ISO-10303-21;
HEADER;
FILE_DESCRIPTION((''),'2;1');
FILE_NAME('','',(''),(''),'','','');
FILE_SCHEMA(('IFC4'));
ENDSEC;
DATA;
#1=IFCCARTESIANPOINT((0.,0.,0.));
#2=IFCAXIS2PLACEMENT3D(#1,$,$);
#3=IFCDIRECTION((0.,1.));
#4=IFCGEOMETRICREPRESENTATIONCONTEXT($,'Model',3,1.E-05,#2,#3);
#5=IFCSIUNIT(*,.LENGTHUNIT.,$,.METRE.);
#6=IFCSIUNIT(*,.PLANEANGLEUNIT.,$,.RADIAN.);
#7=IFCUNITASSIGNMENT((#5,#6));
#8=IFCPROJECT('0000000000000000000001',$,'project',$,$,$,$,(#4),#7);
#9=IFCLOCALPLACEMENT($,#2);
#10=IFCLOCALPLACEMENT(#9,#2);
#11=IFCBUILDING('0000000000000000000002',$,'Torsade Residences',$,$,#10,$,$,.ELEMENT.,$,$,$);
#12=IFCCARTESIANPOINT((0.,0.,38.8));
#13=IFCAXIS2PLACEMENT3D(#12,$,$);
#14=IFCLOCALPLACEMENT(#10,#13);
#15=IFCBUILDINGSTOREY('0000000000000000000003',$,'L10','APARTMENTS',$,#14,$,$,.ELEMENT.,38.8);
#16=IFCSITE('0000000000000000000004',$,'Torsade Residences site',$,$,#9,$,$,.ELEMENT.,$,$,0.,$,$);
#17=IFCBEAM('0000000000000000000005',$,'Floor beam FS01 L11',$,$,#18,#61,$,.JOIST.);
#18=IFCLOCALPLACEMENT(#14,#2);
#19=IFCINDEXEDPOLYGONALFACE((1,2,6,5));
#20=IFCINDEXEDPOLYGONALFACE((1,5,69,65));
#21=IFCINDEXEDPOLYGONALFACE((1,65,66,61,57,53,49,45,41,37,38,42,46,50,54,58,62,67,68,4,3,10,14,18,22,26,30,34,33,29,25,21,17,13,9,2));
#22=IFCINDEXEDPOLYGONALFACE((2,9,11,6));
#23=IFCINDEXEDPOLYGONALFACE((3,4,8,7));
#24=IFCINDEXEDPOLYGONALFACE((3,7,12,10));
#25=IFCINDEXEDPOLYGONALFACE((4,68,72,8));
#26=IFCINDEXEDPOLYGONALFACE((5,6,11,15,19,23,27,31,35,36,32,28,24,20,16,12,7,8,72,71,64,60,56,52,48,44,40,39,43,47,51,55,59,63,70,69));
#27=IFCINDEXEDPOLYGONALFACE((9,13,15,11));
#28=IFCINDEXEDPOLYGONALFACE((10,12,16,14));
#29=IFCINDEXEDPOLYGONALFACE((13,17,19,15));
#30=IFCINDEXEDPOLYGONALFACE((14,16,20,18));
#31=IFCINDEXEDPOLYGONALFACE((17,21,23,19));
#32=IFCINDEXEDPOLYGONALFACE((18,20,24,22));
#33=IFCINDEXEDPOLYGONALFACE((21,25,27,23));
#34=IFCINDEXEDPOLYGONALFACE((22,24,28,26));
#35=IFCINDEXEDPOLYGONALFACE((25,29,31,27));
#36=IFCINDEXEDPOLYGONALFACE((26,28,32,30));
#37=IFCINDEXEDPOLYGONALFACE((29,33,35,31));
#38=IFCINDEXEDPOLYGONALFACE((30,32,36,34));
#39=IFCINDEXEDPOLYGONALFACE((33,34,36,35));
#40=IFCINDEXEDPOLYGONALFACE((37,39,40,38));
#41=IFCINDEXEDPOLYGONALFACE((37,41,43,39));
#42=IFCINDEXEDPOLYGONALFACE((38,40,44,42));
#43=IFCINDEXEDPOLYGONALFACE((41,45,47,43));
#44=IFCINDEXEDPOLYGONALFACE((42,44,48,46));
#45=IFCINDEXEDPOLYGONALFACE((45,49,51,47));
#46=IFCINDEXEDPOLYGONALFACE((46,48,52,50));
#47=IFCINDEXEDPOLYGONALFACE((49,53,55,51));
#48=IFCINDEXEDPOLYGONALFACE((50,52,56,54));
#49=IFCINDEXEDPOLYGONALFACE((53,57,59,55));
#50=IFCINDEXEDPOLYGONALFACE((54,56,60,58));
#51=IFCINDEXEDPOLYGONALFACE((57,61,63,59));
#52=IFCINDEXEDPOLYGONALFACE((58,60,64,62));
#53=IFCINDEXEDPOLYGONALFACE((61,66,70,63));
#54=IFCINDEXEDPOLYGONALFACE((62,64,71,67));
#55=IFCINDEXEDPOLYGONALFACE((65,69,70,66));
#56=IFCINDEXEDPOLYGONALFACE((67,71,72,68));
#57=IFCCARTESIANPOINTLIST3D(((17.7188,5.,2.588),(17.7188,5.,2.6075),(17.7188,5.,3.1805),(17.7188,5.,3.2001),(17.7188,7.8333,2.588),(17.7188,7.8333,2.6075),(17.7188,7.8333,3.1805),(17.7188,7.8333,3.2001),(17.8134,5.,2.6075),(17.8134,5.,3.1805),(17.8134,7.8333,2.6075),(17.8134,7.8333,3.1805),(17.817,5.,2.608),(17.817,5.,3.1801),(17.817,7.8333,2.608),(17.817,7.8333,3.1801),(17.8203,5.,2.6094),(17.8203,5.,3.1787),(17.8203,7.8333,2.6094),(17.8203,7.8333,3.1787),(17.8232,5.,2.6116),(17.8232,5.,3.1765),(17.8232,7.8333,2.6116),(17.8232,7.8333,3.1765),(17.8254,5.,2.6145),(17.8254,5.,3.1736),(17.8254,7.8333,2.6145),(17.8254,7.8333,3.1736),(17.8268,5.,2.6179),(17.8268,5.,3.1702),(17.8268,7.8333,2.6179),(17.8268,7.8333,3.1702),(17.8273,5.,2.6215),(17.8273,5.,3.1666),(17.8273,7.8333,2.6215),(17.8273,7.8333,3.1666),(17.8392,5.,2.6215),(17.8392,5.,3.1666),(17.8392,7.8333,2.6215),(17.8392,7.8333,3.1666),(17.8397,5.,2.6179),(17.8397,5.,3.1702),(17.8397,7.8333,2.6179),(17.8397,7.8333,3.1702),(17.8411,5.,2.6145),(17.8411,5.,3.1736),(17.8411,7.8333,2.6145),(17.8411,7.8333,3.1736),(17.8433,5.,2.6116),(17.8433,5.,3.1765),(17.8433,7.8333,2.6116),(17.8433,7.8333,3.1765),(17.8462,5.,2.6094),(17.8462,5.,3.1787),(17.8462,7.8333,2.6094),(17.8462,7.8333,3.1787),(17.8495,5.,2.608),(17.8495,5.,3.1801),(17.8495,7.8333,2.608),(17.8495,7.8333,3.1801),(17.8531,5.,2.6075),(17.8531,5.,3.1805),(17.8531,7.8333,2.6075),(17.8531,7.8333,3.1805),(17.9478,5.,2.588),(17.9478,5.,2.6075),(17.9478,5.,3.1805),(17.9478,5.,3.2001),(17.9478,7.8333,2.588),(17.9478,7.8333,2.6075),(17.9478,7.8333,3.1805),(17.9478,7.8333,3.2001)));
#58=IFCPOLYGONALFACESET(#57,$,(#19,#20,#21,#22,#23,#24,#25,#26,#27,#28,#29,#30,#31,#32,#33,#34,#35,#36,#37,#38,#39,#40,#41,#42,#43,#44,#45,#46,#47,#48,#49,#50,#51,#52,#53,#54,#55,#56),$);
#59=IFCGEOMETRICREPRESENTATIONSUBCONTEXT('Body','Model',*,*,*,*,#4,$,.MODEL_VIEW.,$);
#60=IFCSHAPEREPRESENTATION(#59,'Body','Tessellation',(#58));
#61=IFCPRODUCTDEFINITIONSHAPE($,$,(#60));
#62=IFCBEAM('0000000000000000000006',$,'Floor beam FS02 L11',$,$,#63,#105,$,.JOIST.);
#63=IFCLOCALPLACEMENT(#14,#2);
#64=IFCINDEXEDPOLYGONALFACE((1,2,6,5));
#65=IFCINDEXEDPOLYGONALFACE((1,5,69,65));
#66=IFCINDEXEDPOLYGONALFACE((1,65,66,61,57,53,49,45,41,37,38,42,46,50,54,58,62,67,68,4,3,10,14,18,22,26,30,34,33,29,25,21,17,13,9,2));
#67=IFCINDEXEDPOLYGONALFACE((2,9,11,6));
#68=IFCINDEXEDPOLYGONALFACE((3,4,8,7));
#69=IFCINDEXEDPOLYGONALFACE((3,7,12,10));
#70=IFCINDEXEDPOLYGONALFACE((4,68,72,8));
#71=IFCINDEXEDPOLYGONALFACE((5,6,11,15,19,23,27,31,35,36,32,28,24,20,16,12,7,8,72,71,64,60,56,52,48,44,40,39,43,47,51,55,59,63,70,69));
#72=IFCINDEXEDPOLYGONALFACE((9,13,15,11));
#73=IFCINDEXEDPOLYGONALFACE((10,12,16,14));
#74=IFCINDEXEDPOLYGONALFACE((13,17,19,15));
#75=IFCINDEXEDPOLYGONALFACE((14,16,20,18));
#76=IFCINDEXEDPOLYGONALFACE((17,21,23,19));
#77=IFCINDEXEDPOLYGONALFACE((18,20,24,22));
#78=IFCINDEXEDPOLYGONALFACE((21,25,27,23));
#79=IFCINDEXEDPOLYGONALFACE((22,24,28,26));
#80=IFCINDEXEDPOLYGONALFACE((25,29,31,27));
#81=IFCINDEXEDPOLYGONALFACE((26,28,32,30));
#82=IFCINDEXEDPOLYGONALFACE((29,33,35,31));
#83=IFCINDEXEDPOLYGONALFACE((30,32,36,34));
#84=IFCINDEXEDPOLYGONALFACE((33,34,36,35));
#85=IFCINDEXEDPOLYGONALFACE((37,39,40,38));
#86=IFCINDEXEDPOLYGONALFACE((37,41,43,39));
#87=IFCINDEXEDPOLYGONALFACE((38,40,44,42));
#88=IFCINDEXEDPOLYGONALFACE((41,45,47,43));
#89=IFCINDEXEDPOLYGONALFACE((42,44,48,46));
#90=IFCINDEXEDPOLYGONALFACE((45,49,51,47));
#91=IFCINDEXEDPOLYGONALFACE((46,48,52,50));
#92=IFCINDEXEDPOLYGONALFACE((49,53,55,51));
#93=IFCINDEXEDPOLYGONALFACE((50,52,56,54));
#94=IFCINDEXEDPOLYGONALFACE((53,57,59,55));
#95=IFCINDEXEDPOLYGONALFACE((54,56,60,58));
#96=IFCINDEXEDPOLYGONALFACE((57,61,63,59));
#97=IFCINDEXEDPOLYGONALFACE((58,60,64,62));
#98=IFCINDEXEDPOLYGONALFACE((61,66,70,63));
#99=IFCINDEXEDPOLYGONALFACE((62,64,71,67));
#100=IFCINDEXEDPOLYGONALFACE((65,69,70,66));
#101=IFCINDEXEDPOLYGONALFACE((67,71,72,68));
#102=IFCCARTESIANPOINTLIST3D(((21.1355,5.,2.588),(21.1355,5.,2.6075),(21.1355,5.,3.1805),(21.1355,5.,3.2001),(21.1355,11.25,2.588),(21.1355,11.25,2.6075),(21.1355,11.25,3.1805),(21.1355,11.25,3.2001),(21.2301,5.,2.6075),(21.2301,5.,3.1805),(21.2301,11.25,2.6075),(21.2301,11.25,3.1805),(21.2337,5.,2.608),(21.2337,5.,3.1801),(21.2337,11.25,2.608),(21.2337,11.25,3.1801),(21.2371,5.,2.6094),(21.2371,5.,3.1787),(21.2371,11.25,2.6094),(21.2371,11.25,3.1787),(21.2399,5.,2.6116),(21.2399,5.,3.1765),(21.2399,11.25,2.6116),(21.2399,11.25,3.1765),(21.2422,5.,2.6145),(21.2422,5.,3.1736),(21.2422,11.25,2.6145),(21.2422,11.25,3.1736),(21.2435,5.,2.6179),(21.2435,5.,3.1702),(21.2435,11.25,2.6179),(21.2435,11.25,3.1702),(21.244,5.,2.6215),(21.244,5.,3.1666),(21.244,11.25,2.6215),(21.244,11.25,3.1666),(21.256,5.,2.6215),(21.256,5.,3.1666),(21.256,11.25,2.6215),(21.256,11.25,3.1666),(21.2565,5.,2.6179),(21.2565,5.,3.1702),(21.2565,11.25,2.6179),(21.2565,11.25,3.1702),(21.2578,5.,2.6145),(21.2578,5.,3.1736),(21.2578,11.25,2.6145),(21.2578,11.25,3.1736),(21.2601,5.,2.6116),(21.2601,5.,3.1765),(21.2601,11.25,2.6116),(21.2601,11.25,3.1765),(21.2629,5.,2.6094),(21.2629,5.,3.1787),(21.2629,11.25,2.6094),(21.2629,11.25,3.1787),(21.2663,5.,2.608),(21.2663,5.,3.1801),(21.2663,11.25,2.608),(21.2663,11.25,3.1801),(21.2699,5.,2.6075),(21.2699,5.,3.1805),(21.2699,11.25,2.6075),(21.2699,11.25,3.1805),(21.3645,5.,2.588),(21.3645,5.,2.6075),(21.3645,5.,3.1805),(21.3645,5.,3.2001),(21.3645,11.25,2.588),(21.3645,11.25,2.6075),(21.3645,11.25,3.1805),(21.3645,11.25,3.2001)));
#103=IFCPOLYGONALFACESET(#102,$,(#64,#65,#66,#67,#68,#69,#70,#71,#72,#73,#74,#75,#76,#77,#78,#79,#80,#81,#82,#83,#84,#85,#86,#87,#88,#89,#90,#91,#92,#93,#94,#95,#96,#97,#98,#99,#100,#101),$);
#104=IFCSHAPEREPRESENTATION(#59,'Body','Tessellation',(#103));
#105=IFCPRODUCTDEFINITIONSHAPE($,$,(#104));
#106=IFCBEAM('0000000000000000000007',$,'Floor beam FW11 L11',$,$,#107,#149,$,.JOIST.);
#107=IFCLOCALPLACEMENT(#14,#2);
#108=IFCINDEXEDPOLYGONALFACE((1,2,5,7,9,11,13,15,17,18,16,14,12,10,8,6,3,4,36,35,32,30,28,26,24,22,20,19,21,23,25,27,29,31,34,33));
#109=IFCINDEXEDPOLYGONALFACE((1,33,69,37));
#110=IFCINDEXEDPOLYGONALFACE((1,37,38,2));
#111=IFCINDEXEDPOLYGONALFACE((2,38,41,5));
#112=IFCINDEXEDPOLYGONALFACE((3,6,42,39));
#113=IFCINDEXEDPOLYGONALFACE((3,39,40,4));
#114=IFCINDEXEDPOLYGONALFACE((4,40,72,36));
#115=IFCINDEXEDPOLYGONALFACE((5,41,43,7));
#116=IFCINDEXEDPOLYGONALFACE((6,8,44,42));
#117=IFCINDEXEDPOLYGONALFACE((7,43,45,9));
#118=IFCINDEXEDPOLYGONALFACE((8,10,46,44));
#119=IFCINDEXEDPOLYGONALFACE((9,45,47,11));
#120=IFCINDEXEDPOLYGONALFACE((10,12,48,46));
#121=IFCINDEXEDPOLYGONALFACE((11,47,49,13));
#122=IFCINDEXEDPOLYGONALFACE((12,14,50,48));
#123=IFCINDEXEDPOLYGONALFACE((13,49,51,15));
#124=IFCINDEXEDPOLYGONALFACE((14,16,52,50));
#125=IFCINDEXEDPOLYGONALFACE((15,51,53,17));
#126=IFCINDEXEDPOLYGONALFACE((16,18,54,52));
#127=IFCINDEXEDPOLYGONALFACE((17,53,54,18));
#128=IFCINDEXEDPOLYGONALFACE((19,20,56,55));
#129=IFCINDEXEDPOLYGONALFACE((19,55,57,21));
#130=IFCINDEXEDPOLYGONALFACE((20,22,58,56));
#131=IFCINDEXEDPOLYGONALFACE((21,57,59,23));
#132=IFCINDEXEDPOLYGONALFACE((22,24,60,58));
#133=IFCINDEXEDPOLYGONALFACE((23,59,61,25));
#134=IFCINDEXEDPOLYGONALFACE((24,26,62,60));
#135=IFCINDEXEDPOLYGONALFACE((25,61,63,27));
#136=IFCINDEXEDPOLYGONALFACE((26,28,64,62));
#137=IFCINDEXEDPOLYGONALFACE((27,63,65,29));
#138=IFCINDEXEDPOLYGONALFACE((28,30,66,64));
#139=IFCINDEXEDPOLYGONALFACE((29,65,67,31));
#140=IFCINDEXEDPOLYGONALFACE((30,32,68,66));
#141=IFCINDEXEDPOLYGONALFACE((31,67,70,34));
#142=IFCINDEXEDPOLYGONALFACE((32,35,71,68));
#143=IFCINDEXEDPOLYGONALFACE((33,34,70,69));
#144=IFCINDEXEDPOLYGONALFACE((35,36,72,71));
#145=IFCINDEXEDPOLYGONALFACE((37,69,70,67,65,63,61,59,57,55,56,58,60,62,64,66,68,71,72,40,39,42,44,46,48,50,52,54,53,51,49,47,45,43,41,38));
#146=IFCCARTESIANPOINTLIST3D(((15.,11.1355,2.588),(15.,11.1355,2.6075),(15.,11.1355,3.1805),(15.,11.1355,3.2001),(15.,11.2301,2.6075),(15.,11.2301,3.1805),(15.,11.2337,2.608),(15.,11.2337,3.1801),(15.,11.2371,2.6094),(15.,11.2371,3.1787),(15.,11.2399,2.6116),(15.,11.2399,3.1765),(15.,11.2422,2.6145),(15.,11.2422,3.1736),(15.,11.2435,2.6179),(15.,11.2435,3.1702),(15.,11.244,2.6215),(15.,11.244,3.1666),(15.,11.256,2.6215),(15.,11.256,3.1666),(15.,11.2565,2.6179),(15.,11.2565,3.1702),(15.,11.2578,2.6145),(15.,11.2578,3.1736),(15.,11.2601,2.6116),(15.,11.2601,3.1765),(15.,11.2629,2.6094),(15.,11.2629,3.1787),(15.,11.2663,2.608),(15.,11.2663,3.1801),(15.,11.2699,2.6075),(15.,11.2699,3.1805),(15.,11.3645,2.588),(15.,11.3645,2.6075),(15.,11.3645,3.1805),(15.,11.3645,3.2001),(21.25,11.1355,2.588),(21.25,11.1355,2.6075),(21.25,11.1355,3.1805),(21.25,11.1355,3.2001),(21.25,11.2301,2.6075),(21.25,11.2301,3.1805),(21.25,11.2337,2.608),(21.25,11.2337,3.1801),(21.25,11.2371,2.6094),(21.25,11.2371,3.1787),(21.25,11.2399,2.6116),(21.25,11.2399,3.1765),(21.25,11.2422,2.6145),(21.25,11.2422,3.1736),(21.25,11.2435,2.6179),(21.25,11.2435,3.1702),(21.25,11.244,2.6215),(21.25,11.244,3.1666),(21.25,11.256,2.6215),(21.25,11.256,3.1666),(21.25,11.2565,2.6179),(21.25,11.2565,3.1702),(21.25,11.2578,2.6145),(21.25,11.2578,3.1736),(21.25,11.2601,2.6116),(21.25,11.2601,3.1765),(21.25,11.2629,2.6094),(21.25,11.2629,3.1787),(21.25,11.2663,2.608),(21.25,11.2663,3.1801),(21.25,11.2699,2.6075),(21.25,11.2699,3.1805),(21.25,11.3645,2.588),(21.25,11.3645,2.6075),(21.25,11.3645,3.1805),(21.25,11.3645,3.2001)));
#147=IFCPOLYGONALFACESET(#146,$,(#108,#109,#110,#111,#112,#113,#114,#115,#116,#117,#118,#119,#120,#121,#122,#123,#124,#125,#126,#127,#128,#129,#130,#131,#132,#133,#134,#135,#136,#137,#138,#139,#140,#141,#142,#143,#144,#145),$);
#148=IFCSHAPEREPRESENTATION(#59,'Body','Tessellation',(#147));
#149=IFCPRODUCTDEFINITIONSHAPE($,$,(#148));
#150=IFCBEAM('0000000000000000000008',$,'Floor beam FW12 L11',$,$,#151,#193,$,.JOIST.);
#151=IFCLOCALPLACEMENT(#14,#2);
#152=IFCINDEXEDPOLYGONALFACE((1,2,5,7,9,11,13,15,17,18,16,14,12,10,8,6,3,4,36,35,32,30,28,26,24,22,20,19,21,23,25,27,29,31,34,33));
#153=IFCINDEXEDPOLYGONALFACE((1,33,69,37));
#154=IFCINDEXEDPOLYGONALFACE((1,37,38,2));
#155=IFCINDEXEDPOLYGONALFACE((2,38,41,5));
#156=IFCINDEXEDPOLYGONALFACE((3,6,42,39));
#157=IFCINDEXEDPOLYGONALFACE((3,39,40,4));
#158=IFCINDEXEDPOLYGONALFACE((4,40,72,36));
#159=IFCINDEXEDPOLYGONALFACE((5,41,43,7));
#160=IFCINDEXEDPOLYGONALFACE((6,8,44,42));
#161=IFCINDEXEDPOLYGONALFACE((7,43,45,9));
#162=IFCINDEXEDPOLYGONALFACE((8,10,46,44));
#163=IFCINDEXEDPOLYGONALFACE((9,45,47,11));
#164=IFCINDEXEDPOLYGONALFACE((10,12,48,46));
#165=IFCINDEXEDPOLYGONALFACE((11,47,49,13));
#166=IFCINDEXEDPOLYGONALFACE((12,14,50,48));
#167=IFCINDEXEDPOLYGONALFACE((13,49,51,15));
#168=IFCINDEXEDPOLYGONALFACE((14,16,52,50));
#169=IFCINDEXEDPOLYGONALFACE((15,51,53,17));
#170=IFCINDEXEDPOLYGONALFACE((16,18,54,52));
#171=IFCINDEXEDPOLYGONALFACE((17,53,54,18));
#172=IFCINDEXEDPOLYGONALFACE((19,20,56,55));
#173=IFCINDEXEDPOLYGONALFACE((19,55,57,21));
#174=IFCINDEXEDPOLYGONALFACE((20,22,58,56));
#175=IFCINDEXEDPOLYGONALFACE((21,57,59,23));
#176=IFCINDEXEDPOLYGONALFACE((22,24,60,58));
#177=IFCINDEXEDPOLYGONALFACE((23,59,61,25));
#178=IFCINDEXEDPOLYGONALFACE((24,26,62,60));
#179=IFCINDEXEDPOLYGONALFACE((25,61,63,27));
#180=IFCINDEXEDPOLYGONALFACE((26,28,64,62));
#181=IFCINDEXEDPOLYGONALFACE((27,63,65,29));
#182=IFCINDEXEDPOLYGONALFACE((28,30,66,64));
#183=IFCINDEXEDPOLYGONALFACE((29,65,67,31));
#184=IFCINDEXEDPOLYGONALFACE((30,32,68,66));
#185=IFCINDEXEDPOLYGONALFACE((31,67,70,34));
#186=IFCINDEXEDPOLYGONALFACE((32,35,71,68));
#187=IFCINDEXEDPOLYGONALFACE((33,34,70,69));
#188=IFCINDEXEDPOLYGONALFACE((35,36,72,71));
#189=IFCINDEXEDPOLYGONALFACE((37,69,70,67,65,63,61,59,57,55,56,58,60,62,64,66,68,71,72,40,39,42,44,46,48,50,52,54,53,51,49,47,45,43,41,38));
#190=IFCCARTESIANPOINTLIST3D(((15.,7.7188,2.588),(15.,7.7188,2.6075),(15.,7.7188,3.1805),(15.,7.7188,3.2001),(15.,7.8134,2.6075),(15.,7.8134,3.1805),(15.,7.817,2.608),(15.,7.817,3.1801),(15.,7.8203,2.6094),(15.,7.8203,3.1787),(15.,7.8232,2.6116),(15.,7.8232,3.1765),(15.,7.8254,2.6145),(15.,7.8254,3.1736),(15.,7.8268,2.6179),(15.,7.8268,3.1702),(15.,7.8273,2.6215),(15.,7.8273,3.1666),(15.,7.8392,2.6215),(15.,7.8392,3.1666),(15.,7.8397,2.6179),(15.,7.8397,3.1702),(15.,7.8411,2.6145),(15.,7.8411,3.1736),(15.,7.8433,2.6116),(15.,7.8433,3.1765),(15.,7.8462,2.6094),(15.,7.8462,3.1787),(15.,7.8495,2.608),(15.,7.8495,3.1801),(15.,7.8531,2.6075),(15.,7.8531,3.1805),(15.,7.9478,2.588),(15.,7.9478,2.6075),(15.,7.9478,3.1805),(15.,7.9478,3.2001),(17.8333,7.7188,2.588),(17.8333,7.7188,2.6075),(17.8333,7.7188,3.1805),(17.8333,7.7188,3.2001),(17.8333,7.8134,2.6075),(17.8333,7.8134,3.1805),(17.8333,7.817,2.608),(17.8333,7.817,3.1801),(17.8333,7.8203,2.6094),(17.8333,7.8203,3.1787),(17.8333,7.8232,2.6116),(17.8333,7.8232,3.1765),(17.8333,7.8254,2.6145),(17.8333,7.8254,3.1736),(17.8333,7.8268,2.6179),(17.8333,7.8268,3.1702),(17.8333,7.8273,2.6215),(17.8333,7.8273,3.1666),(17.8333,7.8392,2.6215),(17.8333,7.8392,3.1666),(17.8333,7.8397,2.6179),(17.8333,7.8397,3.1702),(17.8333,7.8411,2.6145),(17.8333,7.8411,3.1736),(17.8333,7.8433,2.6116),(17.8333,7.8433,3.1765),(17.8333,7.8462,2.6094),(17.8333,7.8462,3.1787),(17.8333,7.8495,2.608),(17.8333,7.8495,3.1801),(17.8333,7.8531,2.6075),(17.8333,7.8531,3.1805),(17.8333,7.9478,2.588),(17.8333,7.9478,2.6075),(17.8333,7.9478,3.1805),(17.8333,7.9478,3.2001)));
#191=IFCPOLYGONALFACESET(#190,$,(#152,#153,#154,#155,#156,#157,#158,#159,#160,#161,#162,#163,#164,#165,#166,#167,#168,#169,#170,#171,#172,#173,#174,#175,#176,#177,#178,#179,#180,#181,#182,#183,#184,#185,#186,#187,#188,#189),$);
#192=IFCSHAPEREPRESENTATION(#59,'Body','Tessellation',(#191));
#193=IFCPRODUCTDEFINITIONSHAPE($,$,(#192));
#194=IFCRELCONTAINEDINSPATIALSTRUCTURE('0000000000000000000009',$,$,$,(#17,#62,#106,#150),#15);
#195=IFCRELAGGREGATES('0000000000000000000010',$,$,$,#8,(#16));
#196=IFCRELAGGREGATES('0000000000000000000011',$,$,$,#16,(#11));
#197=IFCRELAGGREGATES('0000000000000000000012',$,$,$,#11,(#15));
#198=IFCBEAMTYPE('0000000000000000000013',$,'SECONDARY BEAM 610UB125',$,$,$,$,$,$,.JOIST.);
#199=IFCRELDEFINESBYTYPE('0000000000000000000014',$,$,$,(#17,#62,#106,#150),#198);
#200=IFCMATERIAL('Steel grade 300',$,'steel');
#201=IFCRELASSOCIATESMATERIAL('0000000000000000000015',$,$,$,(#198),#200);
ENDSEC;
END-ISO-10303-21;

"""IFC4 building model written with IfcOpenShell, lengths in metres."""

from ifc_helpers import new_model, si_unit, direction, frame, origin, origin_2d, place, context, subcontext, project, spatial, i_section, extrude, material, material_profile, profile_set, type_object, element, save


model = new_model("IFC4")

# Units and contexts
model_context = context("Model", 3, precision=1e-05, world=origin(), true_north=direction((0.0, 1.0)))
body_context = subcontext(model_context, "Body", "Model", "MODEL_VIEW")
ifc_project = project(units=[si_unit("LENGTHUNIT", "METRE"), si_unit("PLANEANGLEUNIT", "RADIAN")], contexts=[model_context])

# Site, building, storey
site_placement = place(None, origin())
site = spatial("IfcSite", under=ifc_project, at=site_placement, Name="Torsade Residences site", CompositionType="ELEMENT", RefElevation=0.0)
building_placement = place(site_placement, origin())
building = spatial("IfcBuilding", under=site, at=building_placement, Name="Torsade Residences", CompositionType="ELEMENT")
storey_placement = place(building_placement, frame((0.0, 0.0, 38.8)))
storey = spatial("IfcBuildingStorey", under=building, at=storey_placement, Name="L10", Description="APARTMENTS", CompositionType="ELEMENT", Elevation=38.8)

# Beams
ifc_material_1 = material(Name="Steel grade 300", Category="steel")
ifc_material_profile_1 = material_profile(ifc_material_1, i_section(OverallWidth=0.229, OverallDepth=0.6121, WebThickness=0.012, FlangeThickness=0.0195, FilletRadius=0.0139, at=origin_2d()), Name="610UB125")
ifc_profile_set_1 = profile_set([ifc_material_profile_1], Name="Steel grade 300")
beam_type_1 = type_object("IfcBeamType", Name="SECONDARY BEAM 610UB125", PredefinedType="JOIST", material=ifc_profile_set_1)
beam_1_placement = place(storey_placement, frame((17.8333, 5.0, 2.894), z_axis=(0.0, 1.0, 0.0), x_axis=(-1.0, 0.0, 0.0)))
element("IfcBeam", 1, at=beam_1_placement, inside=storey, type_object=beam_type_1, Name="Floor beam FS01 L11", PredefinedType="JOIST", context=body_context, shape_type="SweptSolid", body=[
    extrude(i_section(OverallWidth=0.229, OverallDepth=0.6121, WebThickness=0.012, FlangeThickness=0.0195, FilletRadius=0.0139, at=origin_2d()), origin(), (0.0, 0.0, 1.0), 2.8333),
])
for number, where, z_axis, x_axis, name in (
    (2, (21.25, 5.0, 2.894), (0.0, 1.0, 0.0), (-1.0, 0.0, 0.0), "Floor beam FS02 L11"),
    (3, (15.0, 11.25, 2.894), (1.0, 0.0, 0.0), (0.0, 1.0, 0.0), "Floor beam FW11 L11"),
):
    element("IfcBeam", number, at=place(storey_placement, frame(where, z_axis=z_axis, x_axis=x_axis)), inside=storey, type_object=beam_type_1, Name=name, PredefinedType="JOIST", context=body_context, shape_type="SweptSolid", body=[
        extrude(i_section(OverallWidth=0.229, OverallDepth=0.6121, WebThickness=0.012, FlangeThickness=0.0195, FilletRadius=0.0139, at=origin_2d()), origin(), (0.0, 0.0, 1.0), 6.25),
    ])
beam_2_placement = place(storey_placement, frame((15.0, 7.8333, 2.894), z_axis=(1.0, 0.0, 0.0), x_axis=(0.0, 1.0, 0.0)))
element("IfcBeam", 4, at=beam_2_placement, inside=storey, type_object=beam_type_1, Name="Floor beam FW12 L11", PredefinedType="JOIST", context=body_context, shape_type="SweptSolid", body=[
    extrude(i_section(OverallWidth=0.229, OverallDepth=0.6121, WebThickness=0.012, FlangeThickness=0.0195, FilletRadius=0.0139, at=origin_2d()), origin(), (0.0, 0.0, 1.0), 2.8333),
])

save(model, "model.ifc")
